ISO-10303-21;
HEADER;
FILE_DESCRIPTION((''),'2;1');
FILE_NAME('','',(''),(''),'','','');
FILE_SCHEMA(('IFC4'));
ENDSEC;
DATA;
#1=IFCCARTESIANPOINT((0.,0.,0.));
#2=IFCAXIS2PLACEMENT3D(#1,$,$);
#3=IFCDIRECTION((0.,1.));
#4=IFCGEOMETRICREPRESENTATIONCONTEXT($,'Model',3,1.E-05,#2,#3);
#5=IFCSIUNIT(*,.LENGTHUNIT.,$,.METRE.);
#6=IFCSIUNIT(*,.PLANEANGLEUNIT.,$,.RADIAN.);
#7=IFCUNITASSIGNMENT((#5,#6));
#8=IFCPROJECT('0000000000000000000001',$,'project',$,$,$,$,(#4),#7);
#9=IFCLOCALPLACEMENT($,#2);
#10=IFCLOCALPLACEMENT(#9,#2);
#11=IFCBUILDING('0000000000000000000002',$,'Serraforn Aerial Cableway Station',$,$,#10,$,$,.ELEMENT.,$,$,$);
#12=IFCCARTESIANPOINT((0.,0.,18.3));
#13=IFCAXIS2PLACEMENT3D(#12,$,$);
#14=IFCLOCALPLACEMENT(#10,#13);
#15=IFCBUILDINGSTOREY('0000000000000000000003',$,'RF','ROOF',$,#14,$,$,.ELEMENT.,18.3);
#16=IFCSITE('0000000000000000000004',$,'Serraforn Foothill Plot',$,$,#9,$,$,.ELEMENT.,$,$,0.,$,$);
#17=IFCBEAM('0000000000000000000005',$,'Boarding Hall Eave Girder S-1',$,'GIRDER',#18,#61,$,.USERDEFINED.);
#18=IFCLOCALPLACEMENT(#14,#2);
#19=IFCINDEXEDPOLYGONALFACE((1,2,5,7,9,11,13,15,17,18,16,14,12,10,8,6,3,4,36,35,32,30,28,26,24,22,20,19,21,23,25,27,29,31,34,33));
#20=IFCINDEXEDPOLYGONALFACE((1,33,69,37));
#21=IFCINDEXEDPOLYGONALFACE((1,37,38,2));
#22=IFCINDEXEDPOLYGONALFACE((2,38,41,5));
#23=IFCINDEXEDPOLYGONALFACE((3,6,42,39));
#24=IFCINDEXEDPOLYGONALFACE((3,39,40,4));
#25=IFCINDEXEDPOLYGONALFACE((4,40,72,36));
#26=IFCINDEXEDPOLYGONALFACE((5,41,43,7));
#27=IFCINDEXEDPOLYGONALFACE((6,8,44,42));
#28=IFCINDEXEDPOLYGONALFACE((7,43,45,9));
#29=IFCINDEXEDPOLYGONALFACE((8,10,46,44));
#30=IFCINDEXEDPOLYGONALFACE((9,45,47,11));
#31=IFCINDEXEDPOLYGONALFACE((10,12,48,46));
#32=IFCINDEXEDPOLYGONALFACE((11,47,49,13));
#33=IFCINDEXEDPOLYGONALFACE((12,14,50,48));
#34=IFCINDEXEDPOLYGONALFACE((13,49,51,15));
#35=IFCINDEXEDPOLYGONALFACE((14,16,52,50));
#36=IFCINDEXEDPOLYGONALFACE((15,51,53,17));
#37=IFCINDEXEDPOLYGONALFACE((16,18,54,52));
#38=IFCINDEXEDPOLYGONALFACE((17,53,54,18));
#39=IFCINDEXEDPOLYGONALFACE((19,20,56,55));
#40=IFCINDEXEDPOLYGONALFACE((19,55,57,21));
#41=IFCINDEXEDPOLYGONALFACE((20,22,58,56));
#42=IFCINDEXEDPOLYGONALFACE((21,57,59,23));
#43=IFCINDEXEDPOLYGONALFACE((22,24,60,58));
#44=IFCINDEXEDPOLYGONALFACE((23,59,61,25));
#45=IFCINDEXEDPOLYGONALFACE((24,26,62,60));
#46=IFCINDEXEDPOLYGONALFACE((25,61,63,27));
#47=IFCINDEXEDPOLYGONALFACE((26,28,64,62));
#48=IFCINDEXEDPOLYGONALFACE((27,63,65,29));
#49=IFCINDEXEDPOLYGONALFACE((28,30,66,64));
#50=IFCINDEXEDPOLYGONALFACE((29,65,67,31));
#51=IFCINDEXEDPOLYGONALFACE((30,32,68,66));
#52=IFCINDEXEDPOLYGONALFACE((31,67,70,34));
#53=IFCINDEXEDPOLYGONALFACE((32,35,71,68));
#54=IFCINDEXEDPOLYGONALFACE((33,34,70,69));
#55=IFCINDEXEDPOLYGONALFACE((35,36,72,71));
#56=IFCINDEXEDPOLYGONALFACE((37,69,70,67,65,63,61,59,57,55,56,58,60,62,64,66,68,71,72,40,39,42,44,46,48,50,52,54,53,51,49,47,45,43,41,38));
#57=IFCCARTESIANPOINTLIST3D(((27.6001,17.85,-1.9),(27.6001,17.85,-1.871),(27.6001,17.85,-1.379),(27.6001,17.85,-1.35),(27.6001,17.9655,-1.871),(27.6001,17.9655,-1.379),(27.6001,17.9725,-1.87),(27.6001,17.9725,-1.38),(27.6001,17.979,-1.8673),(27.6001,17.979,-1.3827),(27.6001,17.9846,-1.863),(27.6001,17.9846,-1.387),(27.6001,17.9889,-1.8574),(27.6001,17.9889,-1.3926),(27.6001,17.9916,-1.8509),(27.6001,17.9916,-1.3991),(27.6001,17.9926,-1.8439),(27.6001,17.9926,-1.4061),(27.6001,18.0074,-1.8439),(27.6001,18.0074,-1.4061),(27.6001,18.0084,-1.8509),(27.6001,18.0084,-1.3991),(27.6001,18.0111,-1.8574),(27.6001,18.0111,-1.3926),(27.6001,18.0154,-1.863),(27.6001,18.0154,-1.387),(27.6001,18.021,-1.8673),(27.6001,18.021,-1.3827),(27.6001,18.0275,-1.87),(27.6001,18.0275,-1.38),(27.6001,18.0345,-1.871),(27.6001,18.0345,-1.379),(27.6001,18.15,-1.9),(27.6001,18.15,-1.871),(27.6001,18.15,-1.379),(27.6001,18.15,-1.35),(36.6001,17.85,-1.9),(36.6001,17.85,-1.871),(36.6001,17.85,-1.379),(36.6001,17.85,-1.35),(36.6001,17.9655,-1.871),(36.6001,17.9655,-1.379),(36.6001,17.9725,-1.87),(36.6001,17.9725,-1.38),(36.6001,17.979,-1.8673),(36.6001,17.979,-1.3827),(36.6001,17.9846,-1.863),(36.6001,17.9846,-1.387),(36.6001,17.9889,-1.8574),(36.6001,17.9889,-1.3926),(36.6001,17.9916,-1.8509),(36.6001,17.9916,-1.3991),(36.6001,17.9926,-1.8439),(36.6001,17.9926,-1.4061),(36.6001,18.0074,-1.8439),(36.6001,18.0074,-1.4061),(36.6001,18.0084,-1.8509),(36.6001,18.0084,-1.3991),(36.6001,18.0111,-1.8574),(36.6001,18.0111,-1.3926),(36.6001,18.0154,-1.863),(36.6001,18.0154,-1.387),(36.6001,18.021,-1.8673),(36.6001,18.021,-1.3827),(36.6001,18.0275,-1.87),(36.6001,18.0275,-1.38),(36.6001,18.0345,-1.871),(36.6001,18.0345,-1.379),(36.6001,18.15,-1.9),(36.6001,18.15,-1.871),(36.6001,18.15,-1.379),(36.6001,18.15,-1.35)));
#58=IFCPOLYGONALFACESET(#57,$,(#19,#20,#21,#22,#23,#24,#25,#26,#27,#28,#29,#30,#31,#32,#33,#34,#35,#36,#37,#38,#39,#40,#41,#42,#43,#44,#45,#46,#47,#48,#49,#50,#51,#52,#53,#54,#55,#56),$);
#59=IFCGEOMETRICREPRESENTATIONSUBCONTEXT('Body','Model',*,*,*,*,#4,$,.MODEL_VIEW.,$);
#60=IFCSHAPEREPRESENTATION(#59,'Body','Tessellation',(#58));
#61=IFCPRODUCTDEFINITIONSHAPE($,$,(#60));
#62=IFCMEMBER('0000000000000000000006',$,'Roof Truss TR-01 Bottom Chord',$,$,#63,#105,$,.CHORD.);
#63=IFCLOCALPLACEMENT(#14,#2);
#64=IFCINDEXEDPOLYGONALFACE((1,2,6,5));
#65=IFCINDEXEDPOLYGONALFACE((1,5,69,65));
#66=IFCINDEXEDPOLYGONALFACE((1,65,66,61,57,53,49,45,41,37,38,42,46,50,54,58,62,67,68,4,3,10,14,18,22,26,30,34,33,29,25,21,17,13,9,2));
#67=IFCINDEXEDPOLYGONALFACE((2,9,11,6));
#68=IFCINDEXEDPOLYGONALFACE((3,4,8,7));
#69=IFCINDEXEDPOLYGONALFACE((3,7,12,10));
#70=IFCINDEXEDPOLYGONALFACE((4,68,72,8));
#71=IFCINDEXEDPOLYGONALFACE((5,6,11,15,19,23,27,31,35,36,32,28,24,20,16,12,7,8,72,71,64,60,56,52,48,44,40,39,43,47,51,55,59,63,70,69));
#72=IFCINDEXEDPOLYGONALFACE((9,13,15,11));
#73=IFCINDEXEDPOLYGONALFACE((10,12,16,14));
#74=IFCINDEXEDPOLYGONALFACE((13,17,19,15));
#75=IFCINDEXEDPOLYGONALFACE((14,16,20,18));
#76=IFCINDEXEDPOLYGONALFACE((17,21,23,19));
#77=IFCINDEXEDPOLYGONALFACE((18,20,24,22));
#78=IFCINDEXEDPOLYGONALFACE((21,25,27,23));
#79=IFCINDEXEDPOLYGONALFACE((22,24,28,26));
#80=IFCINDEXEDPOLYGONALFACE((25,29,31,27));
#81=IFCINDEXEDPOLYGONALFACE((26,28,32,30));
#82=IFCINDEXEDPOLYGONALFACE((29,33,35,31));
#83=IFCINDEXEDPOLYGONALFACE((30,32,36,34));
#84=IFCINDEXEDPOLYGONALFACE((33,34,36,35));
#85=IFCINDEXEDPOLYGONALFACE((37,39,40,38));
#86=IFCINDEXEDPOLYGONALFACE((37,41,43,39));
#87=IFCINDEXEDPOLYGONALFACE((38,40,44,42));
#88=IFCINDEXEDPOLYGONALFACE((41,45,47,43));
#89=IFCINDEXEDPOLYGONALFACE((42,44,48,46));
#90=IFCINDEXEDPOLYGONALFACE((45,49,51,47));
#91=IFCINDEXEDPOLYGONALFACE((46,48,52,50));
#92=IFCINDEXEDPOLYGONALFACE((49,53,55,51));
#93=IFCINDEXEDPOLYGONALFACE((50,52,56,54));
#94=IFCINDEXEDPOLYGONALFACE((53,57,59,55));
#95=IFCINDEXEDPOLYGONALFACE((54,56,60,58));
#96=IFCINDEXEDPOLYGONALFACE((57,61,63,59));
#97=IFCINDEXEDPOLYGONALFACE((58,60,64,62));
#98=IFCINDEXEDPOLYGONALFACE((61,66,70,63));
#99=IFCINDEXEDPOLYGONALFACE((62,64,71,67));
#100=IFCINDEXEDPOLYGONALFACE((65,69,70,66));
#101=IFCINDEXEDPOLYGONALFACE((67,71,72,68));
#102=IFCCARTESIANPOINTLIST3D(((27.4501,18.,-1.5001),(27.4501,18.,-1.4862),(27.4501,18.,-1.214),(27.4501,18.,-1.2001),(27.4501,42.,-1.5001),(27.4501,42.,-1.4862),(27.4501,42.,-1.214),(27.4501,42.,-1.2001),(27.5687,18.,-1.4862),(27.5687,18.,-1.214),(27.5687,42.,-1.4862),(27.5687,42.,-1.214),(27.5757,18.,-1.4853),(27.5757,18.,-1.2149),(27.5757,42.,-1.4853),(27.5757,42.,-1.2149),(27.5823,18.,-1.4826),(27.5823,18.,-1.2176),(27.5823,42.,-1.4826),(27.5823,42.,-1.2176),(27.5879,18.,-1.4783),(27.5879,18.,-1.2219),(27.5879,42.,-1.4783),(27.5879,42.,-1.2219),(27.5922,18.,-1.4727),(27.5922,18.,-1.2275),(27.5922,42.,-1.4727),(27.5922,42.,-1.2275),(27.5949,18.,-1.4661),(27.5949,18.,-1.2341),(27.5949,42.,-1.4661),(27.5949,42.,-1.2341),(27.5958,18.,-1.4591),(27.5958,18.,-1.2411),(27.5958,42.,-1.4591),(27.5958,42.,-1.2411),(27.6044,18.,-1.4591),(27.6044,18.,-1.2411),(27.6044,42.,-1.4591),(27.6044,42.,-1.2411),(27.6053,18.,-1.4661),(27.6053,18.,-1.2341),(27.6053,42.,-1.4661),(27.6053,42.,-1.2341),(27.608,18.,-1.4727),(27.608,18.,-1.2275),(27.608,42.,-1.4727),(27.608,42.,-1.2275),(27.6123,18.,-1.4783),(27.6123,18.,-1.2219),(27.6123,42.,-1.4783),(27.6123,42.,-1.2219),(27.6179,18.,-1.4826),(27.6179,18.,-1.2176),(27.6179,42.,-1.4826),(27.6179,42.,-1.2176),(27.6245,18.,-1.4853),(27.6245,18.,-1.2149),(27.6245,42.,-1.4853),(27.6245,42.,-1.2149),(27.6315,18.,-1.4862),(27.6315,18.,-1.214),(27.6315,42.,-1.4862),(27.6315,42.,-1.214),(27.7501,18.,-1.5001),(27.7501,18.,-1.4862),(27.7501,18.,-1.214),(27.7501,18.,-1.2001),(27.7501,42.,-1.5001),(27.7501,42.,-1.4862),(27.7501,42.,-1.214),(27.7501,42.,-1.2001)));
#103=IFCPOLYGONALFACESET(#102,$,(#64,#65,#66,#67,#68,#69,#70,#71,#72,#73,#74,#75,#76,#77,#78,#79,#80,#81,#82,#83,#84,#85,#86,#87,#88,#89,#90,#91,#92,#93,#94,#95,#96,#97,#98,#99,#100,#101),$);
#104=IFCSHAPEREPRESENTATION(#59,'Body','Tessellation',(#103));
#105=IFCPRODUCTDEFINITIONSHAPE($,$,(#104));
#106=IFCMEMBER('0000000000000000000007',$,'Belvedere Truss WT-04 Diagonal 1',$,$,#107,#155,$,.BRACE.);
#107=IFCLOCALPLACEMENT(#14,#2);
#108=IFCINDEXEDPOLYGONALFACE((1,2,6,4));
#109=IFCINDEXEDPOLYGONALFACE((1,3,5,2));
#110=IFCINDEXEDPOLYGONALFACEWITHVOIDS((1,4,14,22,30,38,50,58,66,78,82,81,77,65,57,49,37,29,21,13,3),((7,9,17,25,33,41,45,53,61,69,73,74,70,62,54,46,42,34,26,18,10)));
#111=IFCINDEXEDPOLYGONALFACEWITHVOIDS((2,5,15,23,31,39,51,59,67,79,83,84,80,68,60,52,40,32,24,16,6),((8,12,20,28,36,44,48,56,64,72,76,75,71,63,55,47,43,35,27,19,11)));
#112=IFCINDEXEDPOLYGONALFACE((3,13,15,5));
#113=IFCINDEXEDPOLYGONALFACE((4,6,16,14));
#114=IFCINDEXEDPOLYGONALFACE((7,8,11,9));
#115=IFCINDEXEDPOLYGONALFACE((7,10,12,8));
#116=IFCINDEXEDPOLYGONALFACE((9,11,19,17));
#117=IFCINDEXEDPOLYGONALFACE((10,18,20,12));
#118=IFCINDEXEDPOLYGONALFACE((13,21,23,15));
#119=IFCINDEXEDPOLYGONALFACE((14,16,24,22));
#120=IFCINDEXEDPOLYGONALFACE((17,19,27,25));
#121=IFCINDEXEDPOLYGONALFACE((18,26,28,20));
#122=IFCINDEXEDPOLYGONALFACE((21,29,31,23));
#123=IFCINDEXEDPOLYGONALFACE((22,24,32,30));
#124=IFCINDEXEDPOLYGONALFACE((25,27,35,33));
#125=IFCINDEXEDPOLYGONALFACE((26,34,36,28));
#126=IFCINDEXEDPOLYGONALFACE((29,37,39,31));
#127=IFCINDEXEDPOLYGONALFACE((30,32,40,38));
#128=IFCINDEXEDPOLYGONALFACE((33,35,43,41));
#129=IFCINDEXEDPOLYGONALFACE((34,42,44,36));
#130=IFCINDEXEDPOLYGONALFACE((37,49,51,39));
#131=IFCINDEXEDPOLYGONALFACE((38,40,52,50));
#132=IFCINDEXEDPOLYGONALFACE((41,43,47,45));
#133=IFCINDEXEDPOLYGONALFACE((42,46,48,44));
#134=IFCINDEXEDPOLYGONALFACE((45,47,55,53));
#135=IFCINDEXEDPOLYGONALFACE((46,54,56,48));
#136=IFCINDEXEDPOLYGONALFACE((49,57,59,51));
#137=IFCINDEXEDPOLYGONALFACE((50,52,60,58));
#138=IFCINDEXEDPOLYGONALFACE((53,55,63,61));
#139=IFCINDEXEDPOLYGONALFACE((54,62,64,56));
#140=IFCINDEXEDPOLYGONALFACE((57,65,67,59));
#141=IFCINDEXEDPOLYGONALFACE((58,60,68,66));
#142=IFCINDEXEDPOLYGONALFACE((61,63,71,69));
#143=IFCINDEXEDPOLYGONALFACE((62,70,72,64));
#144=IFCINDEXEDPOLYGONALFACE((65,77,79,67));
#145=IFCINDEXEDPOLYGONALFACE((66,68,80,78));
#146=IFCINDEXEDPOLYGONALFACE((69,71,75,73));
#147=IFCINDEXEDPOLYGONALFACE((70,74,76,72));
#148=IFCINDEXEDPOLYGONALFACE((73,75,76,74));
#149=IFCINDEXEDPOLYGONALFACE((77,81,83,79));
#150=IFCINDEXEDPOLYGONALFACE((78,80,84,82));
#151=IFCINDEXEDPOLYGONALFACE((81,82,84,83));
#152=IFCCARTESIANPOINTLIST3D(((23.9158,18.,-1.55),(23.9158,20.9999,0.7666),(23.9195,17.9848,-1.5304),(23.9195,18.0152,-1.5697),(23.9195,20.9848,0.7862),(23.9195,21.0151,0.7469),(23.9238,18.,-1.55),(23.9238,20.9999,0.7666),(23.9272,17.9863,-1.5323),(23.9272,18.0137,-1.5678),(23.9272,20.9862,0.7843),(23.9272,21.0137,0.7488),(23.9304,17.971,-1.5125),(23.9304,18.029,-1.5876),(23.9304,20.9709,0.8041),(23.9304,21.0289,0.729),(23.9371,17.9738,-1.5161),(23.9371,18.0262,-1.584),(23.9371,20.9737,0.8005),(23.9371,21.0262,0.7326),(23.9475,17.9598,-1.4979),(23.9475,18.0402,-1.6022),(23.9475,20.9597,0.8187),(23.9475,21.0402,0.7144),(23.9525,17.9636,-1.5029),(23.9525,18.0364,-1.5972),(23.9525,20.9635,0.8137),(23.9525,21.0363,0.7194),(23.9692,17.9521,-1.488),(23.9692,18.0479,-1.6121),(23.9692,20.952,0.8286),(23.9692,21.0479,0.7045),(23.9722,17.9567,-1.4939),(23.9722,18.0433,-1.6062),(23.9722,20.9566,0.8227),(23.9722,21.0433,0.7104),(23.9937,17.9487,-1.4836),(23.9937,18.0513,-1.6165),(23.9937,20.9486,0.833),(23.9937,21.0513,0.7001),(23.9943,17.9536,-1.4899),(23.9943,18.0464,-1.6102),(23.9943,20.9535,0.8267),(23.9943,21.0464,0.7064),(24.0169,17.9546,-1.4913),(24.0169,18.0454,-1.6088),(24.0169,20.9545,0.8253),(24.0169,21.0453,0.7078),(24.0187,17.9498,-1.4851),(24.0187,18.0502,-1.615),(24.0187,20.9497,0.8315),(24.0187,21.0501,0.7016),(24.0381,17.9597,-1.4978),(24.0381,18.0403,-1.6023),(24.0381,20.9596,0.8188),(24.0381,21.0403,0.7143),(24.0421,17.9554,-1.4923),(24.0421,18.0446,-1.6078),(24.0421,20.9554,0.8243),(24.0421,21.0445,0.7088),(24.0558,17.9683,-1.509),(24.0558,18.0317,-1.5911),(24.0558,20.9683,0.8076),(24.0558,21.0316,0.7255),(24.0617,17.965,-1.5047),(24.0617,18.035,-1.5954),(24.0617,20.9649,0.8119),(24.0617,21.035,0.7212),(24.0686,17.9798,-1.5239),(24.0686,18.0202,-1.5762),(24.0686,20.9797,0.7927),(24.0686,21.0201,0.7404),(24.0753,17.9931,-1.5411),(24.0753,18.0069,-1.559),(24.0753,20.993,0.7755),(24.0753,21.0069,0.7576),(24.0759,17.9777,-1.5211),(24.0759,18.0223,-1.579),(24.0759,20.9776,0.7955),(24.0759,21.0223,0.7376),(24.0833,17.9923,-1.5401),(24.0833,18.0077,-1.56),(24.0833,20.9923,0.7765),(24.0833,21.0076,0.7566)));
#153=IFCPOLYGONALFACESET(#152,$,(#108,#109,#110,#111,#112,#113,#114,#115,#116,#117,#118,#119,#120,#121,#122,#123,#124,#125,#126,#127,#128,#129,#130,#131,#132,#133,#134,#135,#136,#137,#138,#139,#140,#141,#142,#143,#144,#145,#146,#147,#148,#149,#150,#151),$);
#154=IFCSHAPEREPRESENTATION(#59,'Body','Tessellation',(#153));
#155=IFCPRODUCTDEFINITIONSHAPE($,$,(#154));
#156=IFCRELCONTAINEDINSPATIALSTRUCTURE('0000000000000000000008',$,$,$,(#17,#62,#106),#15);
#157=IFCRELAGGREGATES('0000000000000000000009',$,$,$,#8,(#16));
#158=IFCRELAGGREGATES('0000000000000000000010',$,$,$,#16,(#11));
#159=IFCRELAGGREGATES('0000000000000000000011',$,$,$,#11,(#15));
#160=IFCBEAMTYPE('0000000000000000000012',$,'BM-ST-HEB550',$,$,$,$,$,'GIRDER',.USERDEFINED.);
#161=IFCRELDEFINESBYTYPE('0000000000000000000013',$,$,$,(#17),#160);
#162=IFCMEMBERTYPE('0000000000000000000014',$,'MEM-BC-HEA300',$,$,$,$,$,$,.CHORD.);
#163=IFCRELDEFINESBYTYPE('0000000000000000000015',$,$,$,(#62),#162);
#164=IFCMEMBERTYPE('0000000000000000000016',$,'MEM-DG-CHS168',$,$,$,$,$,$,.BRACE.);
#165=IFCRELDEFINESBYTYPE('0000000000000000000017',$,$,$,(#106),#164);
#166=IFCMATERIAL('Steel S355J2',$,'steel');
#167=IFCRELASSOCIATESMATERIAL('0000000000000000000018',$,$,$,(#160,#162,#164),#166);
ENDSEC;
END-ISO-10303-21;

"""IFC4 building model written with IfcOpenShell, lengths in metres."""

from ifc_helpers import new_model, si_unit, direction, frame, origin, origin_2d, place, context, subcontext, project, spatial, hollow_circle, i_section, extrude, material, material_profile, profile_set, type_object, element, save


model = new_model("IFC4")

# Units and contexts
model_context = context("Model", 3, precision=1e-05, world=origin(), true_north=direction((0.0, 1.0)))
body_context = subcontext(model_context, "Body", "Model", "MODEL_VIEW")
ifc_project = project(units=[si_unit("LENGTHUNIT", "METRE"), si_unit("PLANEANGLEUNIT", "RADIAN")], contexts=[model_context])

# Site, building, storey
site_placement = place(None, origin())
site = spatial("IfcSite", under=ifc_project, at=site_placement, Name="Serraforn Foothill Plot", CompositionType="ELEMENT", RefElevation=0.0)
building_placement = place(site_placement, origin())
building = spatial("IfcBuilding", under=site, at=building_placement, Name="Serraforn Aerial Cableway Station", CompositionType="ELEMENT")
storey_placement = place(building_placement, frame((0.0, 0.0, 18.3)))
storey = spatial("IfcBuildingStorey", under=building, at=storey_placement, Name="RF", Description="ROOF", CompositionType="ELEMENT", Elevation=18.3)

# Beam
ifc_material = material(Name="Steel S355J2", Category="steel")
ifc_material_profile_1 = material_profile(ifc_material, i_section(OverallWidth=0.3, OverallDepth=0.55, WebThickness=0.0149, FlangeThickness=0.0291, FilletRadius=0.0271, at=origin_2d()), Name="HEB 550")
ifc_profile_set_1 = profile_set([ifc_material_profile_1], Name="Steel S355J2")
beam_type = type_object("IfcBeamType", Name="BM-ST-HEB550", ElementType="GIRDER", PredefinedType="USERDEFINED", material=ifc_profile_set_1)
beam_placement = place(storey_placement, frame((27.6001, 18.0, -1.625), z_axis=(1.0, 0.0, 0.0), x_axis=(0.0, 1.0, 0.0)))
element("IfcBeam", 1, at=beam_placement, inside=storey, type_object=beam_type, Name="Boarding Hall Eave Girder S-1", ObjectType="GIRDER", PredefinedType="USERDEFINED", context=body_context, shape_type="SweptSolid", body=[
    extrude(i_section(OverallWidth=0.3, OverallDepth=0.55, WebThickness=0.0149, FlangeThickness=0.0291, FilletRadius=0.0271, at=origin_2d()), origin(), (0.0, 0.0, 1.0), 9.0),
])

# Members
ifc_material_profile_2 = material_profile(ifc_material, i_section(OverallWidth=0.3, OverallDepth=0.3, WebThickness=0.0085, FlangeThickness=0.0139, FilletRadius=0.0271, at=origin_2d()), Name="HEA 300")
ifc_profile_set_2 = profile_set([ifc_material_profile_2], Name="Steel S355J2")
member_type_1 = type_object("IfcMemberType", Name="MEM-BC-HEA300", PredefinedType="CHORD", material=ifc_profile_set_2)
member_1_placement = place(storey_placement, frame((27.6001, 18.0, -1.3501), z_axis=(0.0, 1.0, 0.0), x_axis=(-1.0, 0.0, 0.0)))
element("IfcMember", 2, at=member_1_placement, inside=storey, type_object=member_type_1, Name="Roof Truss TR-01 Bottom Chord", PredefinedType="CHORD", context=body_context, shape_type="SweptSolid", body=[
    extrude(i_section(OverallWidth=0.3, OverallDepth=0.3, WebThickness=0.0085, FlangeThickness=0.0139, FilletRadius=0.0271, at=origin_2d()), origin(), (0.0, 0.0, 1.0), 24.0),
])
ifc_material_profile_3 = material_profile(ifc_material, hollow_circle(Radius=0.0842, WallThickness=0.0081, at=origin_2d()), Name="CHS 168.3x8.0")
ifc_profile_set_3 = profile_set([ifc_material_profile_3], Name="Steel S355J2")
member_type_2 = type_object("IfcMemberType", Name="MEM-DG-CHS168", PredefinedType="BRACE", material=ifc_profile_set_3)
member_2_placement = place(storey_placement, frame((24.0, 18.0, -1.55), z_axis=(0.0, 0.79148, 0.611194), x_axis=(-1.0, 0.0, 0.0)))
element("IfcMember", 3, at=member_2_placement, inside=storey, type_object=member_type_2, Name="Belvedere Truss WT-04 Diagonal 1", PredefinedType="BRACE", context=body_context, shape_type="SweptSolid", body=[
    extrude(hollow_circle(Radius=0.0842, WallThickness=0.0081, at=origin_2d()), origin(), (0.0, 0.0, 1.0), 3.7903),
])

save(model, "model.ifc")
